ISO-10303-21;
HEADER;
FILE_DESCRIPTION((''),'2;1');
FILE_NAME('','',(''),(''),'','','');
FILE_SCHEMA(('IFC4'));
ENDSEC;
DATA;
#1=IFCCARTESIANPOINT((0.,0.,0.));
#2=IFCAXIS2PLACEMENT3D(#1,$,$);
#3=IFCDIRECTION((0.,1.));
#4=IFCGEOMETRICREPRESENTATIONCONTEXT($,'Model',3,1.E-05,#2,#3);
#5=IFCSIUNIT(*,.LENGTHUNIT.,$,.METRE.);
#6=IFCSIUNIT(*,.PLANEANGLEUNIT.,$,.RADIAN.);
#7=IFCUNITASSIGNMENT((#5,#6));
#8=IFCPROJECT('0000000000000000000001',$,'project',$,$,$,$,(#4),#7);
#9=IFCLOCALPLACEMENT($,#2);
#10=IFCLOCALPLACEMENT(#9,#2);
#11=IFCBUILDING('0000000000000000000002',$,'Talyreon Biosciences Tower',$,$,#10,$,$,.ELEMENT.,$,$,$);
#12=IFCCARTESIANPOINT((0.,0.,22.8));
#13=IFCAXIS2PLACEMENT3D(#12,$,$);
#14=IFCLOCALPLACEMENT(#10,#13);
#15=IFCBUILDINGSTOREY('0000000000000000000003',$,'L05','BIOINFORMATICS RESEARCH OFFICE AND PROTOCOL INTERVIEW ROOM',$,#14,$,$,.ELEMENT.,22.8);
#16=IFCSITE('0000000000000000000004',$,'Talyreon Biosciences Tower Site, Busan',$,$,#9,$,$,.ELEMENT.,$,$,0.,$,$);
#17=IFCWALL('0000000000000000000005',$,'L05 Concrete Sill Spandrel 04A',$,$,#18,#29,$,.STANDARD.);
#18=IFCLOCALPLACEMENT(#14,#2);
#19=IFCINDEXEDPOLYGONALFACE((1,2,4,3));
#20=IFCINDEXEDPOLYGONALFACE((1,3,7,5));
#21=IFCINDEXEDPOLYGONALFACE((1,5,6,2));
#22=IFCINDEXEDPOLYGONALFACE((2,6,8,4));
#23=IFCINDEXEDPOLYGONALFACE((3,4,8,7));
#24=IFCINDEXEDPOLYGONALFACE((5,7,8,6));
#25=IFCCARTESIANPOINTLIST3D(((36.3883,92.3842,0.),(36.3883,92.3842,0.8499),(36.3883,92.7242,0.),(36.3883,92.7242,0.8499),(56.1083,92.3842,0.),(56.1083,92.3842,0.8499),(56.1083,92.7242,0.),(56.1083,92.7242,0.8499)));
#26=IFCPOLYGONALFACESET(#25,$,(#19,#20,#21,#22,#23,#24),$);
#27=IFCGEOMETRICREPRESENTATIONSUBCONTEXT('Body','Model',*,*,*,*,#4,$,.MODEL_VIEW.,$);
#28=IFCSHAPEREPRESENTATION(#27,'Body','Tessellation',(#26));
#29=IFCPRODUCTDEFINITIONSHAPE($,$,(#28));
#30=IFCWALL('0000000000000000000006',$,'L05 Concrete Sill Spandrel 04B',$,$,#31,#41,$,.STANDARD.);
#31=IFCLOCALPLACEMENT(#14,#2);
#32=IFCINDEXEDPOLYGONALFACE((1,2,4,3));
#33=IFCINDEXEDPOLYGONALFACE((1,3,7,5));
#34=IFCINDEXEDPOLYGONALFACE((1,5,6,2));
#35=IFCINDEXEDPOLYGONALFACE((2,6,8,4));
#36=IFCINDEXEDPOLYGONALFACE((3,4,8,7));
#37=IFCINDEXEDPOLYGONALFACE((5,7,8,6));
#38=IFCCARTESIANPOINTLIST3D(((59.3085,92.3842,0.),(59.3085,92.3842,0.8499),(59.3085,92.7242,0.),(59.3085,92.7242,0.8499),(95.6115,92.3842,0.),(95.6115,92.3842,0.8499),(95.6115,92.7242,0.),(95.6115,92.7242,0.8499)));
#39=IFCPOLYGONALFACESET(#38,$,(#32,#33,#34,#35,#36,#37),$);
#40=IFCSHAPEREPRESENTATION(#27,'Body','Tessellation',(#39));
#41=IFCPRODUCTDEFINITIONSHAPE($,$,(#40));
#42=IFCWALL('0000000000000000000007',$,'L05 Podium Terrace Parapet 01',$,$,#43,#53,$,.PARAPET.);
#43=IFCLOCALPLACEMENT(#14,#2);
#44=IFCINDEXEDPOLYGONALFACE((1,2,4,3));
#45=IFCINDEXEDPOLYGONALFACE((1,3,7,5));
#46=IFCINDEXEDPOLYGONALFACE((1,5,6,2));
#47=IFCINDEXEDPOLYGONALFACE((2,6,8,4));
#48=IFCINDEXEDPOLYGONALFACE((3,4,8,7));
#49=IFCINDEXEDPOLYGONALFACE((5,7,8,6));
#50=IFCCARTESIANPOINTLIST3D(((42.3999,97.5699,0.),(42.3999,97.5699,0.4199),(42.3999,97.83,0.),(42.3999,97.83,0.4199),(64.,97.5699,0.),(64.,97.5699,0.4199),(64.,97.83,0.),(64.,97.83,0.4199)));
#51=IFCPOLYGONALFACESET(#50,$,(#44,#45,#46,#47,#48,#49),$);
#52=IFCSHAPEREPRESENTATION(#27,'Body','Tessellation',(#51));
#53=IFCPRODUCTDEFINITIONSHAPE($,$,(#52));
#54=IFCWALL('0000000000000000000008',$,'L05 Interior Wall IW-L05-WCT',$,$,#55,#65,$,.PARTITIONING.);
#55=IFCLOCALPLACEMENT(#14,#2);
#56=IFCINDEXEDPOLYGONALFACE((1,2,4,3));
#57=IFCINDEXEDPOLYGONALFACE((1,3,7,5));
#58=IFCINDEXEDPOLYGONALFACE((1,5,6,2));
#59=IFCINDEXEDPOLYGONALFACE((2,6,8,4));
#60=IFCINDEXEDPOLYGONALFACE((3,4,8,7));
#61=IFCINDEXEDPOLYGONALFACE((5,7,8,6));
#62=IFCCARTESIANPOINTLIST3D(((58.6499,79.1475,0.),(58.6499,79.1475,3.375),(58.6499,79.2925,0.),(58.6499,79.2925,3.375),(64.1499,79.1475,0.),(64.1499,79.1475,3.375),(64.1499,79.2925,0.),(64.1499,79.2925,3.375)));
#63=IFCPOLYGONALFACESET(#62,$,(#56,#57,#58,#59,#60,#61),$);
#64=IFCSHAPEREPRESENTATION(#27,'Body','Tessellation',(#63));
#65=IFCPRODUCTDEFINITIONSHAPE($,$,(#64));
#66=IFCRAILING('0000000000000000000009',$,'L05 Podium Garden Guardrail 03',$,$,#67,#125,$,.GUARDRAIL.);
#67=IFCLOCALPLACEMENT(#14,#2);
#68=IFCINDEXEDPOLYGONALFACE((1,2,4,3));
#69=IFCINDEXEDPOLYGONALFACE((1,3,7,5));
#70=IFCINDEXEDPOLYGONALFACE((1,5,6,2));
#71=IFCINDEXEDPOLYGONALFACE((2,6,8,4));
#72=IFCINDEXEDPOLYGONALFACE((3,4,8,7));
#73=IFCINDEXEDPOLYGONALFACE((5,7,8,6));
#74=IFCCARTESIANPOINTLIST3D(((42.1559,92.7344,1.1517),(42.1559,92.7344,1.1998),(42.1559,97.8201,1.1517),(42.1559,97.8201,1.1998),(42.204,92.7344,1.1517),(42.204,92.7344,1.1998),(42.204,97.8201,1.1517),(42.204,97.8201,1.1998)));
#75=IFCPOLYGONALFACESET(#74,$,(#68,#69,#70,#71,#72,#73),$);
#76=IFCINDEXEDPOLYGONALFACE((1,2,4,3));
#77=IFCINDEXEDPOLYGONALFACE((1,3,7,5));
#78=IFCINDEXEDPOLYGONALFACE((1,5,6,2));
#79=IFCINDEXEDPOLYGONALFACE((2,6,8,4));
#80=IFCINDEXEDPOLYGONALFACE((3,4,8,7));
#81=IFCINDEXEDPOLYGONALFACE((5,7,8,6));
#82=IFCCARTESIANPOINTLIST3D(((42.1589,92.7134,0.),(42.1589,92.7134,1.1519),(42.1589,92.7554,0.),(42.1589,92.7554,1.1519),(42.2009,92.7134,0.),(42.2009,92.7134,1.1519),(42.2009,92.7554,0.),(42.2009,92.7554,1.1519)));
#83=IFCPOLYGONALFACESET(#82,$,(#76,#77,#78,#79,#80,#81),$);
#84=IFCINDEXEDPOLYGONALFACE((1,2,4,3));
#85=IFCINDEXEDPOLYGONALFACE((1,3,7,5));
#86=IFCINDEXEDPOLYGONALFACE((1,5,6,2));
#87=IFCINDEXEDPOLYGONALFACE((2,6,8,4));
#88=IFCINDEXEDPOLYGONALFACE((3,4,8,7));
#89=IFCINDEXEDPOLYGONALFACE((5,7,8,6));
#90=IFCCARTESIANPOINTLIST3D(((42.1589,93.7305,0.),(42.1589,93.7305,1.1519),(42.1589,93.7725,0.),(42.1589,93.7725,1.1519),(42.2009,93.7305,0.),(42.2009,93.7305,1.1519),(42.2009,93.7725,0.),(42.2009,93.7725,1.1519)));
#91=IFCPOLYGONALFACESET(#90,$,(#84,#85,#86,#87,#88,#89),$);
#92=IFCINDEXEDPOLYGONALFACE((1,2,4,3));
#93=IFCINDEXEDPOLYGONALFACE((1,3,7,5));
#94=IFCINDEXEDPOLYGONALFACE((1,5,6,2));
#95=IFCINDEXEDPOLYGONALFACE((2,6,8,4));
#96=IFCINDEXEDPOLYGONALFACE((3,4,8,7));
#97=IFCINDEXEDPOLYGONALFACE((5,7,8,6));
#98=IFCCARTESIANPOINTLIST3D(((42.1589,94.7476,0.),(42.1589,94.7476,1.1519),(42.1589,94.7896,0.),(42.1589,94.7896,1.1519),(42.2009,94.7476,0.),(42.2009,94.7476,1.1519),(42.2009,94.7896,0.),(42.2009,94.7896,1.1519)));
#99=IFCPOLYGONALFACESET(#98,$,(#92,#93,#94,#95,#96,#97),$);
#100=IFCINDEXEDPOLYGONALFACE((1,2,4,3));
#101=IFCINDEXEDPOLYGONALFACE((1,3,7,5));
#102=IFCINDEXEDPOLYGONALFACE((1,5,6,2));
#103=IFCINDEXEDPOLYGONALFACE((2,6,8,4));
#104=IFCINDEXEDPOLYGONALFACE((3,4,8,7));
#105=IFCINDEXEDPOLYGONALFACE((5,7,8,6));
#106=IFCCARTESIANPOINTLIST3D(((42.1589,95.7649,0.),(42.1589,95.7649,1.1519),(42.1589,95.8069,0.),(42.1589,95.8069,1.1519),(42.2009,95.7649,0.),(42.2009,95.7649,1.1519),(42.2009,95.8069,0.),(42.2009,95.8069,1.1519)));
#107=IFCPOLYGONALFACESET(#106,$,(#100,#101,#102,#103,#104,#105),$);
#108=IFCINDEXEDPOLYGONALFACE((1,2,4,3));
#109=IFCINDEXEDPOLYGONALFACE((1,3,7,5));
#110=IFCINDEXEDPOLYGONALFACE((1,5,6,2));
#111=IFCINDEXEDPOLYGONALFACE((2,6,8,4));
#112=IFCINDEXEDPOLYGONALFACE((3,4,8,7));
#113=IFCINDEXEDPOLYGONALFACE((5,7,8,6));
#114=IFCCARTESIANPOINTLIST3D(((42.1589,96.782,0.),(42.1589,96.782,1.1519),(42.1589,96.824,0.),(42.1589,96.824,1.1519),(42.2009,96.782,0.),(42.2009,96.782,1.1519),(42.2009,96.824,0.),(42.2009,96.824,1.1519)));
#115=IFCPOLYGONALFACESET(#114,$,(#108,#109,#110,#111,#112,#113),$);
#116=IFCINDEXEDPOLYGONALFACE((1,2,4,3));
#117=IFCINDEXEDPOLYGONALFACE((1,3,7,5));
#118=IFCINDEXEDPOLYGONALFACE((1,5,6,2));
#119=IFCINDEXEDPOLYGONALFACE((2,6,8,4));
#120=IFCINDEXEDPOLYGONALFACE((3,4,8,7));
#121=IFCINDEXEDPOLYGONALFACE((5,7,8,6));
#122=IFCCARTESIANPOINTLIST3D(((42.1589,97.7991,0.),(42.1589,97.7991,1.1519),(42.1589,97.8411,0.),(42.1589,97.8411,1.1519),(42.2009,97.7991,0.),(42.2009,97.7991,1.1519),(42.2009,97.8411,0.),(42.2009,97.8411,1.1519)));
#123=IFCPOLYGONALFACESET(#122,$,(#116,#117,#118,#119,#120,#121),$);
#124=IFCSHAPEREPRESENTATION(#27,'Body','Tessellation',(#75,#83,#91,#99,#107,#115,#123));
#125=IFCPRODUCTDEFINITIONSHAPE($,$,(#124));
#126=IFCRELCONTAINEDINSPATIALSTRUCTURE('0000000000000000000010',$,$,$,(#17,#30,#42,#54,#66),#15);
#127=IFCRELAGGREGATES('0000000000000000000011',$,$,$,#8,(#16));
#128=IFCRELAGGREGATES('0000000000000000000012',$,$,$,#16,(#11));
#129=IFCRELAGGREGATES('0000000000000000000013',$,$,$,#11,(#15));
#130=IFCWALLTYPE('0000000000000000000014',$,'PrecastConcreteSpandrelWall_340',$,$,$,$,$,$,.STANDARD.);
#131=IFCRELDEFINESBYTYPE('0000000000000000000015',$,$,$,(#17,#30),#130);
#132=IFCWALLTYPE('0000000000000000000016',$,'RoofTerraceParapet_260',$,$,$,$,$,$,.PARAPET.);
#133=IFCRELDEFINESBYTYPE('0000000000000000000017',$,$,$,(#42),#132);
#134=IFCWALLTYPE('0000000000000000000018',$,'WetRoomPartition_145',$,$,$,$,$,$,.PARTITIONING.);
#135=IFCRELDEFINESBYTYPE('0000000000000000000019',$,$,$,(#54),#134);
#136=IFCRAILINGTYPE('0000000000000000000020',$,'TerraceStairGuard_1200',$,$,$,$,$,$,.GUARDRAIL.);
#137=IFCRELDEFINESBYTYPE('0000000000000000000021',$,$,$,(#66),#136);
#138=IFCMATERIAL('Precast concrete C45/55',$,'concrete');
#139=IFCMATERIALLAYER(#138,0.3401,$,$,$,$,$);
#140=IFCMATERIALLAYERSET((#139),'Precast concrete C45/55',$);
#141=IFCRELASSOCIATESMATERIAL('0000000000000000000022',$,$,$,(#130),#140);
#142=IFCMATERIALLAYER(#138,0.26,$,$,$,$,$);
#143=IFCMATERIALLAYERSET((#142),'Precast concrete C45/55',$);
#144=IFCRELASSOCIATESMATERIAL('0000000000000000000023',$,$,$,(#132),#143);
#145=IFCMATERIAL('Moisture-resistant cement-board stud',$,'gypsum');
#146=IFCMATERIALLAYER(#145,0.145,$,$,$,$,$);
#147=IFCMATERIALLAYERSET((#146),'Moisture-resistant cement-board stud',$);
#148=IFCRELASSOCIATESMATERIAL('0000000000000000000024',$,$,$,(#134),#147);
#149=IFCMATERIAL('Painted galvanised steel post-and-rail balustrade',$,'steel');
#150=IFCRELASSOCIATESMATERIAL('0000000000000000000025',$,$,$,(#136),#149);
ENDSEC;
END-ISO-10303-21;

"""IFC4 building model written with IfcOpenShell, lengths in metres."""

from ifc_helpers import new_model, si_unit, direction, frame, frame_2d, origin, origin_2d, place, context, subcontext, project, spatial, rectangle, extrude, material, layer, layer_set, type_object, element, save


model = new_model("IFC4")

# Units and contexts
model_context = context("Model", 3, precision=1e-05, world=origin(), true_north=direction((0.0, 1.0)))
body_context = subcontext(model_context, "Body", "Model", "MODEL_VIEW")
ifc_project = project(units=[si_unit("LENGTHUNIT", "METRE"), si_unit("PLANEANGLEUNIT", "RADIAN")], contexts=[model_context])

# Site, building, storey
site_placement = place(None, origin())
site = spatial("IfcSite", under=ifc_project, at=site_placement, Name="Talyreon Biosciences Tower Site, Busan", CompositionType="ELEMENT", RefElevation=0.0)
building_placement = place(site_placement, origin())
building = spatial("IfcBuilding", under=site, at=building_placement, Name="Talyreon Biosciences Tower", CompositionType="ELEMENT")
storey_placement = place(building_placement, frame((0.0, 0.0, 22.8)))
storey = spatial("IfcBuildingStorey", under=building, at=storey_placement, Name="L05", Description="BIOINFORMATICS RESEARCH OFFICE AND PROTOCOL INTERVIEW ROOM", CompositionType="ELEMENT", Elevation=22.8)

# Shared definitions
ifc_material_1 = material(Name="Precast concrete C45/55", Category="concrete")

# Shared definitions
ifc_layer_1 = layer(ifc_material_1, 0.3401)
ifc_layer_set_1 = layer_set([ifc_layer_1], Name="Precast concrete C45/55")
wall_type_1 = type_object("IfcWallType", Name="PrecastConcreteSpandrelWall_340", PredefinedType="STANDARD", material=ifc_layer_set_1)

# Walls
wall_1_placement = place(storey_placement, frame((36.3884, 92.5542, 0.0), z_axis=(0.0, 0.0, 1.0), x_axis=(1.0, 0.0, 0.0)))
element("IfcWall", 1, at=wall_1_placement, inside=storey, type_object=wall_type_1, Name="L05 Concrete Sill Spandrel 04A", PredefinedType="STANDARD", context=body_context, shape_type="SweptSolid", body=[
    extrude(rectangle(XDim=19.72, YDim=0.3401, at=frame_2d((9.8599, 0.0))), origin(), (0.0, 0.0, 1.0), 0.8499),
])
wall_2_placement = place(storey_placement, frame((59.3086, 92.5542, 0.0), z_axis=(0.0, 0.0, 1.0), x_axis=(1.0, 0.0, 0.0)))
element("IfcWall", 2, at=wall_2_placement, inside=storey, type_object=wall_type_1, Name="L05 Concrete Sill Spandrel 04B", PredefinedType="STANDARD", context=body_context, shape_type="SweptSolid", body=[
    extrude(rectangle(XDim=36.303, YDim=0.3401, at=frame_2d((18.1514, 0.0))), origin(), (0.0, 0.0, 1.0), 0.8499),
])
ifc_layer_2 = layer(ifc_material_1, 0.26)
ifc_layer_set_2 = layer_set([ifc_layer_2], Name="Precast concrete C45/55")
wall_type_2 = type_object("IfcWallType", Name="RoofTerraceParapet_260", PredefinedType="PARAPET", material=ifc_layer_set_2)
wall_3_placement = place(storey_placement, frame((42.3999, 97.7, 0.0), z_axis=(0.0, 0.0, 1.0), x_axis=(1.0, 0.0, 0.0)))
element("IfcWall", 3, at=wall_3_placement, inside=storey, type_object=wall_type_2, Name="L05 Podium Terrace Parapet 01", PredefinedType="PARAPET", context=body_context, shape_type="SweptSolid", body=[
    extrude(rectangle(XDim=21.6001, YDim=0.26, at=frame_2d((10.8, 0.0))), origin(), (0.0, 0.0, 1.0), 0.4199),
])
ifc_material_2 = material(Name="Moisture-resistant cement-board stud", Category="gypsum")
ifc_layer_3 = layer(ifc_material_2, 0.145)
ifc_layer_set_3 = layer_set([ifc_layer_3], Name="Moisture-resistant cement-board stud")
wall_type_3 = type_object("IfcWallType", Name="WetRoomPartition_145", PredefinedType="PARTITIONING", material=ifc_layer_set_3)
wall_4_placement = place(storey_placement, frame((58.6499, 79.22, 0.0), z_axis=(0.0, 0.0, 1.0), x_axis=(1.0, 0.0, 0.0)))
element("IfcWall", 4, at=wall_4_placement, inside=storey, type_object=wall_type_3, Name="L05 Interior Wall IW-L05-WCT", PredefinedType="PARTITIONING", context=body_context, shape_type="SweptSolid", body=[
    extrude(rectangle(XDim=5.5, YDim=0.145, at=frame_2d((2.75, 0.0))), origin(), (0.0, 0.0, 1.0), 3.375),
])

# Railing
ifc_material_3 = material(Name="Painted galvanised steel post-and-rail balustrade", Category="steel")
railing_type = type_object("IfcRailingType", Name="TerraceStairGuard_1200", PredefinedType="GUARDRAIL", material=ifc_material_3)
railing_1_placement = place(storey_placement, frame((42.1799, 92.7344, 0.0)))
element("IfcRailing", 5, at=railing_1_placement, inside=storey, type_object=railing_type, Name="L05 Podium Garden Guardrail 03", PredefinedType="GUARDRAIL", context=body_context, shape_type="SweptSolid", body=[
    extrude(rectangle(XDim=0.0481, YDim=0.0481, at=origin_2d()), frame((0.0, 0.0, 1.1758), z_axis=(0.0, 1.0, 0.0), x_axis=(-1.0, 0.0, 0.0)), (0.0, 0.0, 1.0), 5.0857),
    extrude(rectangle(XDim=0.042, YDim=0.042, at=origin_2d()), origin(), (0.0, 0.0, 1.0), 1.1519),
    extrude(rectangle(XDim=0.042, YDim=0.042, at=origin_2d()), frame((0.0, 1.0171, 0.0)), (0.0, 0.0, 1.0), 1.1519),
    extrude(rectangle(XDim=0.042, YDim=0.042, at=origin_2d()), frame((0.0, 2.0342, 0.0)), (0.0, 0.0, 1.0), 1.1519),
    extrude(rectangle(XDim=0.042, YDim=0.042, at=origin_2d()), frame((0.0, 3.0515, 0.0)), (0.0, 0.0, 1.0), 1.1519),
    extrude(rectangle(XDim=0.042, YDim=0.042, at=origin_2d()), frame((0.0, 4.0686, 0.0)), (0.0, 0.0, 1.0), 1.1519),
    extrude(rectangle(XDim=0.042, YDim=0.042, at=origin_2d()), frame((0.0, 5.0857, 0.0)), (0.0, 0.0, 1.0), 1.1519),
])

save(model, "model.ifc")
